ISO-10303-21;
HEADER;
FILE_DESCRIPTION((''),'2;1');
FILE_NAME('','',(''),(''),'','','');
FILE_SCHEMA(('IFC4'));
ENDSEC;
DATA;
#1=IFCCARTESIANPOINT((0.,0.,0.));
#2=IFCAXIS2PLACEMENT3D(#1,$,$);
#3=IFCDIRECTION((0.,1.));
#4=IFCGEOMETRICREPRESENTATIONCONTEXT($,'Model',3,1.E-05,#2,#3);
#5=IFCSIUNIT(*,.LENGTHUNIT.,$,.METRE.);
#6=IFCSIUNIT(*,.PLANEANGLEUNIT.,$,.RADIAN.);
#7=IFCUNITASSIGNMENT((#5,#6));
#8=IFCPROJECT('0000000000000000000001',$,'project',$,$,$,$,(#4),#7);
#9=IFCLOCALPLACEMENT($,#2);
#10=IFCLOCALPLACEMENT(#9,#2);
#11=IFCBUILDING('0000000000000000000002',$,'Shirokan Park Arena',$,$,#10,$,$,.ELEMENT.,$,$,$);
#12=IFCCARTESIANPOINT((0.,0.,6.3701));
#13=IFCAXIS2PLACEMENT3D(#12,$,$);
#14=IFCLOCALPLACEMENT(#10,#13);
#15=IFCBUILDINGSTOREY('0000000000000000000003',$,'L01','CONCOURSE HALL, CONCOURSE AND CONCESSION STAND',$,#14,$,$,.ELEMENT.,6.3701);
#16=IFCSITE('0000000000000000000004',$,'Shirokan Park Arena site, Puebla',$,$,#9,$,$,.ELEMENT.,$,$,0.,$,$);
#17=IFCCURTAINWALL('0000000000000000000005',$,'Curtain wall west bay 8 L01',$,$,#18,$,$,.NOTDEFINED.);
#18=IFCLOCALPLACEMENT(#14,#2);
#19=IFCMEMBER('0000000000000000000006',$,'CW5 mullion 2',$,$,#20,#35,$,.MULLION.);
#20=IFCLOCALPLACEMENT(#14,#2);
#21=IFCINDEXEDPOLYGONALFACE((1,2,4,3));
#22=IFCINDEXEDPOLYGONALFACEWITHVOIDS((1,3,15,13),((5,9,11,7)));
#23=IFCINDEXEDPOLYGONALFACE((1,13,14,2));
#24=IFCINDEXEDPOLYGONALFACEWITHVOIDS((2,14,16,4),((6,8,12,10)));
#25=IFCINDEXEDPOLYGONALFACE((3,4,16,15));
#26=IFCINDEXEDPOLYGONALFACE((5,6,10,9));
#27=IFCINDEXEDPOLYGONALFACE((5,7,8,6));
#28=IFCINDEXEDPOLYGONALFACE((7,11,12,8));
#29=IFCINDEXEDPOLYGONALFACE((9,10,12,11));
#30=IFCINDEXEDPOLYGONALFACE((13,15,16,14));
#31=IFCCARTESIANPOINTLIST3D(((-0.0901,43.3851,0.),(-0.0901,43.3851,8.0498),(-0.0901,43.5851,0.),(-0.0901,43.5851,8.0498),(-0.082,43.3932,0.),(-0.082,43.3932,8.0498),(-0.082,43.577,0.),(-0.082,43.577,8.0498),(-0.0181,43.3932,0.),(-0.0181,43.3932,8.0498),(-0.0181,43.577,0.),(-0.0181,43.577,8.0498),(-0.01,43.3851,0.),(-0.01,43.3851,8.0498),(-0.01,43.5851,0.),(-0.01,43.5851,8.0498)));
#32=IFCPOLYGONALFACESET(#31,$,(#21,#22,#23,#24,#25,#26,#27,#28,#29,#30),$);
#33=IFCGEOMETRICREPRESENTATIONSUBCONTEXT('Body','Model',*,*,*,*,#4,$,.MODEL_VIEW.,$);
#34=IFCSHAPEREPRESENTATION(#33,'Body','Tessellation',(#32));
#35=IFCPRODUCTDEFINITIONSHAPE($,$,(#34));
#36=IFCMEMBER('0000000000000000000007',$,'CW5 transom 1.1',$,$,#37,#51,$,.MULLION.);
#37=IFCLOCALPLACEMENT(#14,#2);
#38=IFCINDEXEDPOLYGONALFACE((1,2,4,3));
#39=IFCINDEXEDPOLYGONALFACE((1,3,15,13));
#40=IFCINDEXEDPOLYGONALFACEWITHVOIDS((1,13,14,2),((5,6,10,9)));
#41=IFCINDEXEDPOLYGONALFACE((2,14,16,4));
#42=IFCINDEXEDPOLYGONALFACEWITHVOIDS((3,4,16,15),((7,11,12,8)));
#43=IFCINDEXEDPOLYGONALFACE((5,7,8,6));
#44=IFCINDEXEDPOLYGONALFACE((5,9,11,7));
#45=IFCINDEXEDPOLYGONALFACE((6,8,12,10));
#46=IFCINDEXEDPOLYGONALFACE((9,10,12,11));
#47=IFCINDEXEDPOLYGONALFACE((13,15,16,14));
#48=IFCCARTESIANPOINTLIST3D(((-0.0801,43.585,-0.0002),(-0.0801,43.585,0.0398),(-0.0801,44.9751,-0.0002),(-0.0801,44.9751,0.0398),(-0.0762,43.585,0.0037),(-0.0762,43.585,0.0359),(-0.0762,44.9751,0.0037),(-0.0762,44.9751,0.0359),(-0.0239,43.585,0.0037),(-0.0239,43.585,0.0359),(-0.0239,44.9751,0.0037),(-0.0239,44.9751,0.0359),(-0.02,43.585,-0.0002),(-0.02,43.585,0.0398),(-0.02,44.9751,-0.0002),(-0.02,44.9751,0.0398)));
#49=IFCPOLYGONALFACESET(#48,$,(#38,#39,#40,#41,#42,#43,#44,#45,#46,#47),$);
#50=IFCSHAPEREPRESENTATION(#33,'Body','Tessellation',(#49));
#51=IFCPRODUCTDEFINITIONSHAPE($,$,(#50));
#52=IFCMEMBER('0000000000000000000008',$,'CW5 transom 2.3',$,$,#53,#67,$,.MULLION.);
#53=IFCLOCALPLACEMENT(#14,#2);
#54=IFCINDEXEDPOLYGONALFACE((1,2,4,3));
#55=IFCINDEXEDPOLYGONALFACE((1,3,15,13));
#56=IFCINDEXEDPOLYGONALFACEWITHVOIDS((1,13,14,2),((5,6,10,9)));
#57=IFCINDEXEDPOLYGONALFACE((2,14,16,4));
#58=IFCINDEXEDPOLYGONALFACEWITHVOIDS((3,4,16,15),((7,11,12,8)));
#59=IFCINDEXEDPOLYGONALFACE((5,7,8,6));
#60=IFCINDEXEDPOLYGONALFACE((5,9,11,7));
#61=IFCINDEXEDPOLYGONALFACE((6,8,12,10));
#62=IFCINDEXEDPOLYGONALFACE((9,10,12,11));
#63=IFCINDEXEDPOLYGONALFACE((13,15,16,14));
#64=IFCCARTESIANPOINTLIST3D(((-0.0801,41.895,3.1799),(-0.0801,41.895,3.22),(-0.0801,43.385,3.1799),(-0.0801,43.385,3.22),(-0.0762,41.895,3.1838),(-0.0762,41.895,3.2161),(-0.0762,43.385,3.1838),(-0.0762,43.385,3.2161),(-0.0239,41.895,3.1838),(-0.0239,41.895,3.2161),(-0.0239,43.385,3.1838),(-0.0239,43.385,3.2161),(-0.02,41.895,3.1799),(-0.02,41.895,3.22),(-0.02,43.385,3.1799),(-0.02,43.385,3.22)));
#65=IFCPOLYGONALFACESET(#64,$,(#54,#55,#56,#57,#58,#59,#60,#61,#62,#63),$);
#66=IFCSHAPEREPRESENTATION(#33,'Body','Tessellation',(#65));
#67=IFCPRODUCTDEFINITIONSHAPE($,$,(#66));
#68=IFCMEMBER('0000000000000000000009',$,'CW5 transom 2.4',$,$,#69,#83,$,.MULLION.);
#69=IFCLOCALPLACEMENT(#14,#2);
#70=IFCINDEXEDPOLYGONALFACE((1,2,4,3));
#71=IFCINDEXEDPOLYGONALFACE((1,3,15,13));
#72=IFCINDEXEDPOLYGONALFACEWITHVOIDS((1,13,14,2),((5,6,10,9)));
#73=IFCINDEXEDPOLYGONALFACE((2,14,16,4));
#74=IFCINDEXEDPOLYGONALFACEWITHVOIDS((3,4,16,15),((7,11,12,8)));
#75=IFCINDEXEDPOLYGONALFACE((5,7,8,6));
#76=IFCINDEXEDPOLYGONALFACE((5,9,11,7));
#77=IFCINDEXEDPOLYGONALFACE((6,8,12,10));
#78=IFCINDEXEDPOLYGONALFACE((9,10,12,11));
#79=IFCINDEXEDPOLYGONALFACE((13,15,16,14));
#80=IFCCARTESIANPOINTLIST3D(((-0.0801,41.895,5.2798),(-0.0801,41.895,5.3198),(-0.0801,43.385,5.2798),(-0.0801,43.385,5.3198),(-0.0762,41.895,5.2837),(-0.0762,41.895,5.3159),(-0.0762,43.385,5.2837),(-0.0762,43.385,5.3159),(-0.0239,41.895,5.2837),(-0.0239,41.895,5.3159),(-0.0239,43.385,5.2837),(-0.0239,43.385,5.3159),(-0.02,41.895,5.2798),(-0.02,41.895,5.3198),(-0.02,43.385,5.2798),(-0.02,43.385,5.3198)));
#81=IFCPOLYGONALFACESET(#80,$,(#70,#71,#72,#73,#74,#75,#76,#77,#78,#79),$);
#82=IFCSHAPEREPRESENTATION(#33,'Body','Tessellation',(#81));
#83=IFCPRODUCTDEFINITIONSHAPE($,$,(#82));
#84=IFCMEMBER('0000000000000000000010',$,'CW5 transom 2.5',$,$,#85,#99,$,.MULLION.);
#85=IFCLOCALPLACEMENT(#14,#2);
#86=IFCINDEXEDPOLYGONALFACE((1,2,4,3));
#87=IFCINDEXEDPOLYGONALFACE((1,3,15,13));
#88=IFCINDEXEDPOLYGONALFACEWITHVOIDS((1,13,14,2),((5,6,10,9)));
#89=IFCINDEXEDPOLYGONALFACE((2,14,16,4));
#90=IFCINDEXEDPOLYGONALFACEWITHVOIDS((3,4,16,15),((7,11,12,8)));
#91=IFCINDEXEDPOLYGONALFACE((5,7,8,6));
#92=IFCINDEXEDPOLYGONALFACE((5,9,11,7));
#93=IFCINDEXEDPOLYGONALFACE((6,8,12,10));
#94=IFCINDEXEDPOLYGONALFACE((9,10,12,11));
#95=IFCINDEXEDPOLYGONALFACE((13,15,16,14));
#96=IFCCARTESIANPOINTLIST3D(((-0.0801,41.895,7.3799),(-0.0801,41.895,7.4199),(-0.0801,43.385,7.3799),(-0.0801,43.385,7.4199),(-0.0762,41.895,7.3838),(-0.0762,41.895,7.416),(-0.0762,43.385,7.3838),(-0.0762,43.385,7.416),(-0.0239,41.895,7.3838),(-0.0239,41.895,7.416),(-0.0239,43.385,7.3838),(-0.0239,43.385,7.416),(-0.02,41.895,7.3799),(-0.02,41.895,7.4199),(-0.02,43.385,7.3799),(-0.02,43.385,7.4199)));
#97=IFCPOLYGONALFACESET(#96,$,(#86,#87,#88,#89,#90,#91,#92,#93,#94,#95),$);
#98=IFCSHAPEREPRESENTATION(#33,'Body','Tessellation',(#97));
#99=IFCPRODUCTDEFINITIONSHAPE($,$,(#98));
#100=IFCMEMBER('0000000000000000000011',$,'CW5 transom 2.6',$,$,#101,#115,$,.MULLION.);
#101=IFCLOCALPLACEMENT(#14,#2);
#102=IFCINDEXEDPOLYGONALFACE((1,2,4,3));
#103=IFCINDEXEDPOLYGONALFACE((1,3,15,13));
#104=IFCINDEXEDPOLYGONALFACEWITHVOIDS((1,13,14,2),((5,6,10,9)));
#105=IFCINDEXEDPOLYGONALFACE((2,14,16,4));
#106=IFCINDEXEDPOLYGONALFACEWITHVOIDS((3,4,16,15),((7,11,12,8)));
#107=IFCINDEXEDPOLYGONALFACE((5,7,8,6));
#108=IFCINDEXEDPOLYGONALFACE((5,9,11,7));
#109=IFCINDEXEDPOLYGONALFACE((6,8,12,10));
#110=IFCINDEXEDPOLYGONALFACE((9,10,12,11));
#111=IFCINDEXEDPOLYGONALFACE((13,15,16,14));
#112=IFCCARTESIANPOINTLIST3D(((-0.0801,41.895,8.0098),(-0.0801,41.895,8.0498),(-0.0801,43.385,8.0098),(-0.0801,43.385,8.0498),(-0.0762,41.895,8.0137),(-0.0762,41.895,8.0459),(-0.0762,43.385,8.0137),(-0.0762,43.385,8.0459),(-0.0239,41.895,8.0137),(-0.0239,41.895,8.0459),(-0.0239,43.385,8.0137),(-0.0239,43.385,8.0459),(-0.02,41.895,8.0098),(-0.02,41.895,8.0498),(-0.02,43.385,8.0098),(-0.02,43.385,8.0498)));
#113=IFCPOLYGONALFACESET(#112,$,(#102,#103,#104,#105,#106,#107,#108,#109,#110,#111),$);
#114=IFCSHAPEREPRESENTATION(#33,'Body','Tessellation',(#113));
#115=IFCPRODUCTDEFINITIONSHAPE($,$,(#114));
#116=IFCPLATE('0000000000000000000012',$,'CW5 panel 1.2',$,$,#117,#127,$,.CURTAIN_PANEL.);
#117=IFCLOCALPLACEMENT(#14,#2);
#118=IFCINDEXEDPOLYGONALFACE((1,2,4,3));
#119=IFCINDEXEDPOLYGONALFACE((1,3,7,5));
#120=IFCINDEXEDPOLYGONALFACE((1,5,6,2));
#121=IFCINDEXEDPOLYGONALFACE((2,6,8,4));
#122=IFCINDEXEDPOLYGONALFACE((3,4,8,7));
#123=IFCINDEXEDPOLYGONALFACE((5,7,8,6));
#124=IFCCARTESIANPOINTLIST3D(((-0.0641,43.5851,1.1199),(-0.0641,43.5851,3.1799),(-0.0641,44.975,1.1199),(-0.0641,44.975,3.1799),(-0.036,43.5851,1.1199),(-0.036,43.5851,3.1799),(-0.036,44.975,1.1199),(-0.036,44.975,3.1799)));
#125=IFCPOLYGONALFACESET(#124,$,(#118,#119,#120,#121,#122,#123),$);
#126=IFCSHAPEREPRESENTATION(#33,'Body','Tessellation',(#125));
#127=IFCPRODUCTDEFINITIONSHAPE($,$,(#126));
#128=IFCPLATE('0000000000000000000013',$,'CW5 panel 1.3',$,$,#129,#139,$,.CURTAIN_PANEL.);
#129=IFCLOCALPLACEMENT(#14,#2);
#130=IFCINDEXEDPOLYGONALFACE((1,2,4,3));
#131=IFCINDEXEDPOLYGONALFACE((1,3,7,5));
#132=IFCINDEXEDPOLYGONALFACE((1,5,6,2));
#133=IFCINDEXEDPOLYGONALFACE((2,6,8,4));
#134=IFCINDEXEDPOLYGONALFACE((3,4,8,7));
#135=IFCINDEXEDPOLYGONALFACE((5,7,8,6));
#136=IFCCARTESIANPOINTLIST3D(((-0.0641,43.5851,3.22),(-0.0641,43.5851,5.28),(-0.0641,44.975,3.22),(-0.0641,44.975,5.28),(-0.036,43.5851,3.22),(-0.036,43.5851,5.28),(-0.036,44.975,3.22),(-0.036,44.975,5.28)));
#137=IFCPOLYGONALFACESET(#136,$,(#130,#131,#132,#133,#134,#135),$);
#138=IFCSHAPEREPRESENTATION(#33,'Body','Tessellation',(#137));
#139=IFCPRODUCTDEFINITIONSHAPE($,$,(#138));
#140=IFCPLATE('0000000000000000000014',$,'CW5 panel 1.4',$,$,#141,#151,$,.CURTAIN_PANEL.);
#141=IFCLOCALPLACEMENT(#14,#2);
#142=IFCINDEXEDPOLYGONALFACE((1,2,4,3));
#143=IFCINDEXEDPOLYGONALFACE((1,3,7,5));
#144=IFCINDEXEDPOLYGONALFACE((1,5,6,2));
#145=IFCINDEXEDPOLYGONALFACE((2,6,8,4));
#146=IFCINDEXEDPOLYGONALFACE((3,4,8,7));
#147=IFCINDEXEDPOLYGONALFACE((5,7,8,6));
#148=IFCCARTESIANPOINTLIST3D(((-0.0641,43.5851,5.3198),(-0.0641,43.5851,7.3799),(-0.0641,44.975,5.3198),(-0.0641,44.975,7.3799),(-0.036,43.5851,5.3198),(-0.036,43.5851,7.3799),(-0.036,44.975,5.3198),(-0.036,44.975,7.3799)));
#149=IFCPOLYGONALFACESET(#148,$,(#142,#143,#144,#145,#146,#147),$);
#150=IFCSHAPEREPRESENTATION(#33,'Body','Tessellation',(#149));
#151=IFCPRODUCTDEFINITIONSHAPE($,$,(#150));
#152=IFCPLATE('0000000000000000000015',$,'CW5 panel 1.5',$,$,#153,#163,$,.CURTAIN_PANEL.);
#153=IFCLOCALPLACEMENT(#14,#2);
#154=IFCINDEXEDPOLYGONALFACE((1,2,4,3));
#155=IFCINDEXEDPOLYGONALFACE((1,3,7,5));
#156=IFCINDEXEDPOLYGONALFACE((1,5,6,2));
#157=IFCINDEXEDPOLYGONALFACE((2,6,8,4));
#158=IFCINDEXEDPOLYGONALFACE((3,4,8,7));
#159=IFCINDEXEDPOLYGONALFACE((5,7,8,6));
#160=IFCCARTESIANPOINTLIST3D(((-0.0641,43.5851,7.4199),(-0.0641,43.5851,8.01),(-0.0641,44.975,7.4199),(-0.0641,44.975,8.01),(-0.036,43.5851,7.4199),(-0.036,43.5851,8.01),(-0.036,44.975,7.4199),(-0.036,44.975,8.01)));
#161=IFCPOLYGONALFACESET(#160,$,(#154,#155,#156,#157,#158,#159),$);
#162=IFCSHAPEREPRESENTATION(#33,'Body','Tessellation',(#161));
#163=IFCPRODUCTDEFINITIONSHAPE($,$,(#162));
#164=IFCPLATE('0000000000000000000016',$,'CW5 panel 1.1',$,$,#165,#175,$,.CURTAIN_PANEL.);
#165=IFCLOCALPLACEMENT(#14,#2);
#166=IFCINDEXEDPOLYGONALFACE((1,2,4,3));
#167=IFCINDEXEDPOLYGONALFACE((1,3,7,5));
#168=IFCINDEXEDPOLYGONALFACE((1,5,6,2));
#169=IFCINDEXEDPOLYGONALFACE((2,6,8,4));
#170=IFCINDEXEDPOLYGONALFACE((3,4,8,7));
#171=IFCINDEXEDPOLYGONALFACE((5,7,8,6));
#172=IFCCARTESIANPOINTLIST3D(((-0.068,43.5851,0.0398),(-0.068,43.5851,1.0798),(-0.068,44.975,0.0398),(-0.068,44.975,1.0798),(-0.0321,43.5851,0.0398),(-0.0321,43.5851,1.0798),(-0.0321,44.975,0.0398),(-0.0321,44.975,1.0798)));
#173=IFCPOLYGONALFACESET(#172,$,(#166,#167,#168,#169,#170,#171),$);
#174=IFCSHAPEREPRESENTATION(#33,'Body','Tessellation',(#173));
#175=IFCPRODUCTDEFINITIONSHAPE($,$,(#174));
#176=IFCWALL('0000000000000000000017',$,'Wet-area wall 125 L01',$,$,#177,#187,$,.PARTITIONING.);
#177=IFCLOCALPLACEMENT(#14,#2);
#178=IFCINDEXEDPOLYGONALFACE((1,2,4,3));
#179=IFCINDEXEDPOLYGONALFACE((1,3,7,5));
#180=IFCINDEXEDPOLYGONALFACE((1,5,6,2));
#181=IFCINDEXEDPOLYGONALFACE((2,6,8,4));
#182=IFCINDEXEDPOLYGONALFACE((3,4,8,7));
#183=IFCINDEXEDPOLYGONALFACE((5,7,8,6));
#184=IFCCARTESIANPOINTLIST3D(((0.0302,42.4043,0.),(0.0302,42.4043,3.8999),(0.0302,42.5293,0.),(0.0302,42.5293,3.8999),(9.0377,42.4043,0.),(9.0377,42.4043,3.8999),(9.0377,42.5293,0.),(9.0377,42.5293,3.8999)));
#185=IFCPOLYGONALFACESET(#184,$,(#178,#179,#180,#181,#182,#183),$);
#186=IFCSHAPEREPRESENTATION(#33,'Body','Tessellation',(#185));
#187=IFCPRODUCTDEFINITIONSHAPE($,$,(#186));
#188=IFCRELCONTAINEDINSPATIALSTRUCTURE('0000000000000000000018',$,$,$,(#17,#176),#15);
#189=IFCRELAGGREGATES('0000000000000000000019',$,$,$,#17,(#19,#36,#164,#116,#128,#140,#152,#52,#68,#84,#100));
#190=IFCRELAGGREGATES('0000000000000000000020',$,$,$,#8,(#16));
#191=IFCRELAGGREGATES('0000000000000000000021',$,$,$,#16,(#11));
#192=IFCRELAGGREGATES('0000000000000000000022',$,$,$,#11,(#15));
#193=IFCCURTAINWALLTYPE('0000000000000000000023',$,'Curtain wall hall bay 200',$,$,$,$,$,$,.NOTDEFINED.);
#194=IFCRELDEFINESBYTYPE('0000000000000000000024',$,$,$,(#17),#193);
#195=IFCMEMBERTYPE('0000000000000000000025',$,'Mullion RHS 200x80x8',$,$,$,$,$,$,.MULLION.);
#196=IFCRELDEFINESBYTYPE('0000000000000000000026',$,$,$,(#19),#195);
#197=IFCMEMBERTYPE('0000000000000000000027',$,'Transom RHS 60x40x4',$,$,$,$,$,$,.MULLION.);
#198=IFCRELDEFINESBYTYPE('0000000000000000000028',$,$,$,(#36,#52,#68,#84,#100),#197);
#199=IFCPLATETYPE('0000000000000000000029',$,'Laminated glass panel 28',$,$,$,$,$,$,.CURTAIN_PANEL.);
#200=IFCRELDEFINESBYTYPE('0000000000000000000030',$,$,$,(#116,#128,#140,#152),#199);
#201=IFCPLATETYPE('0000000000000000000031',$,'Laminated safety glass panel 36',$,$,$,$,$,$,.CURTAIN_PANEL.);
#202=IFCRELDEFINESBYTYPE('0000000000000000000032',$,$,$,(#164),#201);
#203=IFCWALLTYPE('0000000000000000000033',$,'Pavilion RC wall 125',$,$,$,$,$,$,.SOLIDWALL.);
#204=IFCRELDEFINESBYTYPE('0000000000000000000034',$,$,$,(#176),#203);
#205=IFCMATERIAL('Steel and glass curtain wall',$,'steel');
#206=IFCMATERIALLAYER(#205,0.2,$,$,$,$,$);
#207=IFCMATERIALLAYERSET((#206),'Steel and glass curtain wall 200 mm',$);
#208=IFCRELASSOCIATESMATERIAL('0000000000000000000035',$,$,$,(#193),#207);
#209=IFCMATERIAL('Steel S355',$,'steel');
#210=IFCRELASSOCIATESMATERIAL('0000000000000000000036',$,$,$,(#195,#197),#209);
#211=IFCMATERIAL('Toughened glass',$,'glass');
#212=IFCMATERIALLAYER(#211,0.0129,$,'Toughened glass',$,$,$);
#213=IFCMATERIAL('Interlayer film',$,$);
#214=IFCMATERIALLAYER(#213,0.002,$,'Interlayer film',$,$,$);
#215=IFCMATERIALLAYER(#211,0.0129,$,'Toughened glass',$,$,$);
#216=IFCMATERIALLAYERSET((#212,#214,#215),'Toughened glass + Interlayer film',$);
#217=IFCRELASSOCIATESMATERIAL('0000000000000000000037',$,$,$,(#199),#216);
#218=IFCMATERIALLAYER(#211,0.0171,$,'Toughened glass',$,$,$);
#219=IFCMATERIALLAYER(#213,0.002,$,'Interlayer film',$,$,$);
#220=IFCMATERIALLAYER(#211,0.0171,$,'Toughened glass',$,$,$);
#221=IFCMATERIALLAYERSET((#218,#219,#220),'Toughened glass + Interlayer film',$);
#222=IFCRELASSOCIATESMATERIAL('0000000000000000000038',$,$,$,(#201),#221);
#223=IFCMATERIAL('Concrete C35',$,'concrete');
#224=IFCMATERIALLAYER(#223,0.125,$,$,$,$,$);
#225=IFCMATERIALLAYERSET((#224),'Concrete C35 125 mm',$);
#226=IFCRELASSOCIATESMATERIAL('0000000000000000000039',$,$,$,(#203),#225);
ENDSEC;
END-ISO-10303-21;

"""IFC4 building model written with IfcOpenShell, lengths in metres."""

from ifc_helpers import new_model, si_unit, direction, frame, frame_2d, origin, origin_2d, place, context, subcontext, project, spatial, rectangle, hollow_rectangle, extrude, material, layer, layer_set, material_profile, profile_set, type_object, element, aggregate, save


model = new_model("IFC4")

# Units and contexts
model_context = context("Model", 3, precision=1e-05, world=origin(), true_north=direction((0.0, 1.0)))
body_context = subcontext(model_context, "Body", "Model", "MODEL_VIEW")
ifc_project = project(units=[si_unit("LENGTHUNIT", "METRE"), si_unit("PLANEANGLEUNIT", "RADIAN")], contexts=[model_context])

# Site, building, storey
site_placement = place(None, origin())
site = spatial("IfcSite", under=ifc_project, at=site_placement, Name="Shirokan Park Arena site, Puebla", CompositionType="ELEMENT", RefElevation=0.0)
building_placement = place(site_placement, origin())
building = spatial("IfcBuilding", under=site, at=building_placement, Name="Shirokan Park Arena", CompositionType="ELEMENT")
storey_placement = place(building_placement, frame((0.0, 0.0, 6.3701)))
storey = spatial("IfcBuildingStorey", under=building, at=storey_placement, Name="L01", Description="CONCOURSE HALL, CONCOURSE AND CONCESSION STAND", CompositionType="ELEMENT", Elevation=6.3701)

# Curtain wall, members, plates
ifc_material_1 = material(Name="Steel and glass curtain wall", Category="steel")
ifc_layer_1 = layer(ifc_material_1, 0.2)
ifc_layer_set_1 = layer_set([ifc_layer_1], Name="Steel and glass curtain wall 200 mm")
curtain_wall_type = type_object("IfcCurtainWallType", Name="Curtain wall hall bay 200", PredefinedType="NOTDEFINED", material=ifc_layer_set_1)
curtain_wall_placement = place(storey_placement, origin())
curtain_wall = element("IfcCurtainWall", 1, at=curtain_wall_placement, inside=storey, type_object=curtain_wall_type, Name="Curtain wall west bay 8 L01", PredefinedType="NOTDEFINED")
ifc_material_2 = material(Name="Steel S355", Category="steel")
ifc_material_profile_1 = material_profile(ifc_material_2, hollow_rectangle(XDim=0.0801, YDim=0.2, WallThickness=0.0081, at=origin_2d()), Name="RHS 200x80x8")
ifc_profile_set_1 = profile_set([ifc_material_profile_1], Name="Steel S355")
member_type_1 = type_object("IfcMemberType", Name="Mullion RHS 200x80x8", PredefinedType="MULLION", material=ifc_profile_set_1)
member_1_placement = place(storey_placement, frame((-0.05, 43.4851, 0.0), z_axis=(0.0, 0.0, 1.0), x_axis=(1.0, 0.0, 0.0)))
member_1 = element("IfcMember", 2, at=member_1_placement, type_object=member_type_1, Name="CW5 mullion 2", PredefinedType="MULLION", context=body_context, shape_type="SweptSolid", body=[
    extrude(hollow_rectangle(XDim=0.0801, YDim=0.2, WallThickness=0.0081, at=origin_2d()), origin(), (0.0, 0.0, 1.0), 8.0498),
])
ifc_material_profile_2 = material_profile(ifc_material_2, hollow_rectangle(XDim=0.0601, YDim=0.04, WallThickness=0.0039, at=origin_2d()), Name="RHS 60x40x4")
ifc_profile_set_2 = profile_set([ifc_material_profile_2], Name="Steel S355")
member_type_2 = type_object("IfcMemberType", Name="Transom RHS 60x40x4", PredefinedType="MULLION", material=ifc_profile_set_2)
member_2_placement = place(storey_placement, frame((-0.05, 44.9751, 0.0198), z_axis=(0.0, -1.0, 0.0), x_axis=(1.0, 0.0, 0.0)))
member_2 = element("IfcMember", 3, at=member_2_placement, type_object=member_type_2, Name="CW5 transom 1.1", PredefinedType="MULLION", context=body_context, shape_type="SweptSolid", body=[
    extrude(hollow_rectangle(XDim=0.0601, YDim=0.04, WallThickness=0.0039, at=origin_2d()), origin(), (0.0, 0.0, 1.0), 1.3901),
])
member_3_placement = place(storey_placement, frame((-0.05, 43.385, 3.2), z_axis=(0.0, -1.0, 0.0), x_axis=(1.0, 0.0, 0.0)))
member_3 = element("IfcMember", 4, at=member_3_placement, type_object=member_type_2, Name="CW5 transom 2.3", PredefinedType="MULLION", context=body_context, shape_type="SweptSolid", body=[
    extrude(hollow_rectangle(XDim=0.0601, YDim=0.04, WallThickness=0.0039, at=origin_2d()), origin(), (0.0, 0.0, 1.0), 1.49),
])
member_4_placement = place(storey_placement, frame((-0.05, 43.385, 5.2998), z_axis=(0.0, -1.0, 0.0), x_axis=(1.0, 0.0, 0.0)))
member_4 = element("IfcMember", 5, at=member_4_placement, type_object=member_type_2, Name="CW5 transom 2.4", PredefinedType="MULLION", context=body_context, shape_type="SweptSolid", body=[
    extrude(hollow_rectangle(XDim=0.0601, YDim=0.04, WallThickness=0.0039, at=origin_2d()), origin(), (0.0, 0.0, 1.0), 1.49),
])
member_5_placement = place(storey_placement, frame((-0.05, 43.385, 7.3999), z_axis=(0.0, -1.0, 0.0), x_axis=(1.0, 0.0, 0.0)))
member_5 = element("IfcMember", 6, at=member_5_placement, type_object=member_type_2, Name="CW5 transom 2.5", PredefinedType="MULLION", context=body_context, shape_type="SweptSolid", body=[
    extrude(hollow_rectangle(XDim=0.0601, YDim=0.04, WallThickness=0.0039, at=origin_2d()), origin(), (0.0, 0.0, 1.0), 1.49),
])
member_6_placement = place(storey_placement, frame((-0.05, 43.385, 8.0298), z_axis=(0.0, -1.0, 0.0), x_axis=(1.0, 0.0, 0.0)))
member_6 = element("IfcMember", 7, at=member_6_placement, type_object=member_type_2, Name="CW5 transom 2.6", PredefinedType="MULLION", context=body_context, shape_type="SweptSolid", body=[
    extrude(hollow_rectangle(XDim=0.0601, YDim=0.04, WallThickness=0.0039, at=origin_2d()), origin(), (0.0, 0.0, 1.0), 1.49),
])
ifc_material_3 = material(Name="Toughened glass", Category="glass")
ifc_layer_2 = layer(ifc_material_3, 0.0129, Name="Toughened glass")
ifc_material_4 = material(Name="Interlayer film")
ifc_layer_3 = layer(ifc_material_4, 0.002, Name="Interlayer film")
ifc_layer_4 = layer(ifc_material_3, 0.0129, Name="Toughened glass")
ifc_layer_set_2 = layer_set([ifc_layer_2, ifc_layer_3, ifc_layer_4], Name="Toughened glass + Interlayer film")
plate_type_1 = type_object("IfcPlateType", Name="Laminated glass panel 28", PredefinedType="CURTAIN_PANEL", material=ifc_layer_set_2)
plate_1_placement = place(storey_placement, frame((-0.05, 44.28, 1.1199), z_axis=(0.0, 0.0, 1.0), x_axis=(0.0, -1.0, 0.0)))
plate_1 = element("IfcPlate", 8, at=plate_1_placement, type_object=plate_type_1, Name="CW5 panel 1.2", PredefinedType="CURTAIN_PANEL", context=body_context, shape_type="SweptSolid", body=[
    extrude(rectangle(XDim=1.3899, YDim=0.0281, at=origin_2d()), origin(), (0.0, 0.0, 1.0), 2.0601),
])
plate_2_placement = place(storey_placement, frame((-0.05, 44.28, 3.22), z_axis=(0.0, 0.0, 1.0), x_axis=(0.0, -1.0, 0.0)))
plate_2 = element("IfcPlate", 9, at=plate_2_placement, type_object=plate_type_1, Name="CW5 panel 1.3", PredefinedType="CURTAIN_PANEL", context=body_context, shape_type="SweptSolid", body=[
    extrude(rectangle(XDim=1.3899, YDim=0.0281, at=origin_2d()), origin(), (0.0, 0.0, 1.0), 2.0601),
])
plate_3_placement = place(storey_placement, frame((-0.05, 44.28, 5.3198), z_axis=(0.0, 0.0, 1.0), x_axis=(0.0, -1.0, 0.0)))
plate_3 = element("IfcPlate", 10, at=plate_3_placement, type_object=plate_type_1, Name="CW5 panel 1.4", PredefinedType="CURTAIN_PANEL", context=body_context, shape_type="SweptSolid", body=[
    extrude(rectangle(XDim=1.3899, YDim=0.0281, at=origin_2d()), origin(), (0.0, 0.0, 1.0), 2.0601),
])
plate_4_placement = place(storey_placement, frame((-0.05, 44.28, 7.4199), z_axis=(0.0, 0.0, 1.0), x_axis=(0.0, -1.0, 0.0)))
plate_4 = element("IfcPlate", 11, at=plate_4_placement, type_object=plate_type_1, Name="CW5 panel 1.5", PredefinedType="CURTAIN_PANEL", context=body_context, shape_type="SweptSolid", body=[
    extrude(rectangle(XDim=1.3899, YDim=0.0281, at=origin_2d()), origin(), (0.0, 0.0, 1.0), 0.5901),
])
ifc_layer_5 = layer(ifc_material_3, 0.0171, Name="Toughened glass")
ifc_layer_6 = layer(ifc_material_4, 0.002, Name="Interlayer film")
ifc_layer_7 = layer(ifc_material_3, 0.0171, Name="Toughened glass")
ifc_layer_set_3 = layer_set([ifc_layer_5, ifc_layer_6, ifc_layer_7], Name="Toughened glass + Interlayer film")
plate_type_2 = type_object("IfcPlateType", Name="Laminated safety glass panel 36", PredefinedType="CURTAIN_PANEL", material=ifc_layer_set_3)
plate_5_placement = place(storey_placement, frame((-0.05, 44.28, 0.0398), z_axis=(0.0, 0.0, 1.0), x_axis=(0.0, -1.0, 0.0)))
plate_5 = element("IfcPlate", 12, at=plate_5_placement, type_object=plate_type_2, Name="CW5 panel 1.1", PredefinedType="CURTAIN_PANEL", context=body_context, shape_type="SweptSolid", body=[
    extrude(rectangle(XDim=1.3899, YDim=0.0359, at=origin_2d()), origin(), (0.0, 0.0, 1.0), 1.04),
])
aggregate(curtain_wall, [member_1, member_2, plate_5, plate_1, plate_2, plate_3, plate_4, member_3, member_4, member_5, member_6])

# Wall
ifc_material_5 = material(Name="Concrete C35", Category="concrete")
ifc_layer_8 = layer(ifc_material_5, 0.125)
ifc_layer_set_4 = layer_set([ifc_layer_8], Name="Concrete C35 125 mm")
wall_type = type_object("IfcWallType", Name="Pavilion RC wall 125", PredefinedType="SOLIDWALL", material=ifc_layer_set_4)
wall_placement = place(storey_placement, frame((0.03, 42.4668, 0.0), z_axis=(0.0, 0.0, 1.0), x_axis=(1.0, 0.0, 0.0)))
element("IfcWall", 13, at=wall_placement, inside=storey, type_object=wall_type, Name="Wet-area wall 125 L01", PredefinedType="PARTITIONING", context=body_context, shape_type="SweptSolid", body=[
    extrude(rectangle(XDim=9.0076, YDim=0.125, at=frame_2d((4.5039, 0.0))), origin(), (0.0, 0.0, 1.0), 3.8999),
])

save(model, "model.ifc")
